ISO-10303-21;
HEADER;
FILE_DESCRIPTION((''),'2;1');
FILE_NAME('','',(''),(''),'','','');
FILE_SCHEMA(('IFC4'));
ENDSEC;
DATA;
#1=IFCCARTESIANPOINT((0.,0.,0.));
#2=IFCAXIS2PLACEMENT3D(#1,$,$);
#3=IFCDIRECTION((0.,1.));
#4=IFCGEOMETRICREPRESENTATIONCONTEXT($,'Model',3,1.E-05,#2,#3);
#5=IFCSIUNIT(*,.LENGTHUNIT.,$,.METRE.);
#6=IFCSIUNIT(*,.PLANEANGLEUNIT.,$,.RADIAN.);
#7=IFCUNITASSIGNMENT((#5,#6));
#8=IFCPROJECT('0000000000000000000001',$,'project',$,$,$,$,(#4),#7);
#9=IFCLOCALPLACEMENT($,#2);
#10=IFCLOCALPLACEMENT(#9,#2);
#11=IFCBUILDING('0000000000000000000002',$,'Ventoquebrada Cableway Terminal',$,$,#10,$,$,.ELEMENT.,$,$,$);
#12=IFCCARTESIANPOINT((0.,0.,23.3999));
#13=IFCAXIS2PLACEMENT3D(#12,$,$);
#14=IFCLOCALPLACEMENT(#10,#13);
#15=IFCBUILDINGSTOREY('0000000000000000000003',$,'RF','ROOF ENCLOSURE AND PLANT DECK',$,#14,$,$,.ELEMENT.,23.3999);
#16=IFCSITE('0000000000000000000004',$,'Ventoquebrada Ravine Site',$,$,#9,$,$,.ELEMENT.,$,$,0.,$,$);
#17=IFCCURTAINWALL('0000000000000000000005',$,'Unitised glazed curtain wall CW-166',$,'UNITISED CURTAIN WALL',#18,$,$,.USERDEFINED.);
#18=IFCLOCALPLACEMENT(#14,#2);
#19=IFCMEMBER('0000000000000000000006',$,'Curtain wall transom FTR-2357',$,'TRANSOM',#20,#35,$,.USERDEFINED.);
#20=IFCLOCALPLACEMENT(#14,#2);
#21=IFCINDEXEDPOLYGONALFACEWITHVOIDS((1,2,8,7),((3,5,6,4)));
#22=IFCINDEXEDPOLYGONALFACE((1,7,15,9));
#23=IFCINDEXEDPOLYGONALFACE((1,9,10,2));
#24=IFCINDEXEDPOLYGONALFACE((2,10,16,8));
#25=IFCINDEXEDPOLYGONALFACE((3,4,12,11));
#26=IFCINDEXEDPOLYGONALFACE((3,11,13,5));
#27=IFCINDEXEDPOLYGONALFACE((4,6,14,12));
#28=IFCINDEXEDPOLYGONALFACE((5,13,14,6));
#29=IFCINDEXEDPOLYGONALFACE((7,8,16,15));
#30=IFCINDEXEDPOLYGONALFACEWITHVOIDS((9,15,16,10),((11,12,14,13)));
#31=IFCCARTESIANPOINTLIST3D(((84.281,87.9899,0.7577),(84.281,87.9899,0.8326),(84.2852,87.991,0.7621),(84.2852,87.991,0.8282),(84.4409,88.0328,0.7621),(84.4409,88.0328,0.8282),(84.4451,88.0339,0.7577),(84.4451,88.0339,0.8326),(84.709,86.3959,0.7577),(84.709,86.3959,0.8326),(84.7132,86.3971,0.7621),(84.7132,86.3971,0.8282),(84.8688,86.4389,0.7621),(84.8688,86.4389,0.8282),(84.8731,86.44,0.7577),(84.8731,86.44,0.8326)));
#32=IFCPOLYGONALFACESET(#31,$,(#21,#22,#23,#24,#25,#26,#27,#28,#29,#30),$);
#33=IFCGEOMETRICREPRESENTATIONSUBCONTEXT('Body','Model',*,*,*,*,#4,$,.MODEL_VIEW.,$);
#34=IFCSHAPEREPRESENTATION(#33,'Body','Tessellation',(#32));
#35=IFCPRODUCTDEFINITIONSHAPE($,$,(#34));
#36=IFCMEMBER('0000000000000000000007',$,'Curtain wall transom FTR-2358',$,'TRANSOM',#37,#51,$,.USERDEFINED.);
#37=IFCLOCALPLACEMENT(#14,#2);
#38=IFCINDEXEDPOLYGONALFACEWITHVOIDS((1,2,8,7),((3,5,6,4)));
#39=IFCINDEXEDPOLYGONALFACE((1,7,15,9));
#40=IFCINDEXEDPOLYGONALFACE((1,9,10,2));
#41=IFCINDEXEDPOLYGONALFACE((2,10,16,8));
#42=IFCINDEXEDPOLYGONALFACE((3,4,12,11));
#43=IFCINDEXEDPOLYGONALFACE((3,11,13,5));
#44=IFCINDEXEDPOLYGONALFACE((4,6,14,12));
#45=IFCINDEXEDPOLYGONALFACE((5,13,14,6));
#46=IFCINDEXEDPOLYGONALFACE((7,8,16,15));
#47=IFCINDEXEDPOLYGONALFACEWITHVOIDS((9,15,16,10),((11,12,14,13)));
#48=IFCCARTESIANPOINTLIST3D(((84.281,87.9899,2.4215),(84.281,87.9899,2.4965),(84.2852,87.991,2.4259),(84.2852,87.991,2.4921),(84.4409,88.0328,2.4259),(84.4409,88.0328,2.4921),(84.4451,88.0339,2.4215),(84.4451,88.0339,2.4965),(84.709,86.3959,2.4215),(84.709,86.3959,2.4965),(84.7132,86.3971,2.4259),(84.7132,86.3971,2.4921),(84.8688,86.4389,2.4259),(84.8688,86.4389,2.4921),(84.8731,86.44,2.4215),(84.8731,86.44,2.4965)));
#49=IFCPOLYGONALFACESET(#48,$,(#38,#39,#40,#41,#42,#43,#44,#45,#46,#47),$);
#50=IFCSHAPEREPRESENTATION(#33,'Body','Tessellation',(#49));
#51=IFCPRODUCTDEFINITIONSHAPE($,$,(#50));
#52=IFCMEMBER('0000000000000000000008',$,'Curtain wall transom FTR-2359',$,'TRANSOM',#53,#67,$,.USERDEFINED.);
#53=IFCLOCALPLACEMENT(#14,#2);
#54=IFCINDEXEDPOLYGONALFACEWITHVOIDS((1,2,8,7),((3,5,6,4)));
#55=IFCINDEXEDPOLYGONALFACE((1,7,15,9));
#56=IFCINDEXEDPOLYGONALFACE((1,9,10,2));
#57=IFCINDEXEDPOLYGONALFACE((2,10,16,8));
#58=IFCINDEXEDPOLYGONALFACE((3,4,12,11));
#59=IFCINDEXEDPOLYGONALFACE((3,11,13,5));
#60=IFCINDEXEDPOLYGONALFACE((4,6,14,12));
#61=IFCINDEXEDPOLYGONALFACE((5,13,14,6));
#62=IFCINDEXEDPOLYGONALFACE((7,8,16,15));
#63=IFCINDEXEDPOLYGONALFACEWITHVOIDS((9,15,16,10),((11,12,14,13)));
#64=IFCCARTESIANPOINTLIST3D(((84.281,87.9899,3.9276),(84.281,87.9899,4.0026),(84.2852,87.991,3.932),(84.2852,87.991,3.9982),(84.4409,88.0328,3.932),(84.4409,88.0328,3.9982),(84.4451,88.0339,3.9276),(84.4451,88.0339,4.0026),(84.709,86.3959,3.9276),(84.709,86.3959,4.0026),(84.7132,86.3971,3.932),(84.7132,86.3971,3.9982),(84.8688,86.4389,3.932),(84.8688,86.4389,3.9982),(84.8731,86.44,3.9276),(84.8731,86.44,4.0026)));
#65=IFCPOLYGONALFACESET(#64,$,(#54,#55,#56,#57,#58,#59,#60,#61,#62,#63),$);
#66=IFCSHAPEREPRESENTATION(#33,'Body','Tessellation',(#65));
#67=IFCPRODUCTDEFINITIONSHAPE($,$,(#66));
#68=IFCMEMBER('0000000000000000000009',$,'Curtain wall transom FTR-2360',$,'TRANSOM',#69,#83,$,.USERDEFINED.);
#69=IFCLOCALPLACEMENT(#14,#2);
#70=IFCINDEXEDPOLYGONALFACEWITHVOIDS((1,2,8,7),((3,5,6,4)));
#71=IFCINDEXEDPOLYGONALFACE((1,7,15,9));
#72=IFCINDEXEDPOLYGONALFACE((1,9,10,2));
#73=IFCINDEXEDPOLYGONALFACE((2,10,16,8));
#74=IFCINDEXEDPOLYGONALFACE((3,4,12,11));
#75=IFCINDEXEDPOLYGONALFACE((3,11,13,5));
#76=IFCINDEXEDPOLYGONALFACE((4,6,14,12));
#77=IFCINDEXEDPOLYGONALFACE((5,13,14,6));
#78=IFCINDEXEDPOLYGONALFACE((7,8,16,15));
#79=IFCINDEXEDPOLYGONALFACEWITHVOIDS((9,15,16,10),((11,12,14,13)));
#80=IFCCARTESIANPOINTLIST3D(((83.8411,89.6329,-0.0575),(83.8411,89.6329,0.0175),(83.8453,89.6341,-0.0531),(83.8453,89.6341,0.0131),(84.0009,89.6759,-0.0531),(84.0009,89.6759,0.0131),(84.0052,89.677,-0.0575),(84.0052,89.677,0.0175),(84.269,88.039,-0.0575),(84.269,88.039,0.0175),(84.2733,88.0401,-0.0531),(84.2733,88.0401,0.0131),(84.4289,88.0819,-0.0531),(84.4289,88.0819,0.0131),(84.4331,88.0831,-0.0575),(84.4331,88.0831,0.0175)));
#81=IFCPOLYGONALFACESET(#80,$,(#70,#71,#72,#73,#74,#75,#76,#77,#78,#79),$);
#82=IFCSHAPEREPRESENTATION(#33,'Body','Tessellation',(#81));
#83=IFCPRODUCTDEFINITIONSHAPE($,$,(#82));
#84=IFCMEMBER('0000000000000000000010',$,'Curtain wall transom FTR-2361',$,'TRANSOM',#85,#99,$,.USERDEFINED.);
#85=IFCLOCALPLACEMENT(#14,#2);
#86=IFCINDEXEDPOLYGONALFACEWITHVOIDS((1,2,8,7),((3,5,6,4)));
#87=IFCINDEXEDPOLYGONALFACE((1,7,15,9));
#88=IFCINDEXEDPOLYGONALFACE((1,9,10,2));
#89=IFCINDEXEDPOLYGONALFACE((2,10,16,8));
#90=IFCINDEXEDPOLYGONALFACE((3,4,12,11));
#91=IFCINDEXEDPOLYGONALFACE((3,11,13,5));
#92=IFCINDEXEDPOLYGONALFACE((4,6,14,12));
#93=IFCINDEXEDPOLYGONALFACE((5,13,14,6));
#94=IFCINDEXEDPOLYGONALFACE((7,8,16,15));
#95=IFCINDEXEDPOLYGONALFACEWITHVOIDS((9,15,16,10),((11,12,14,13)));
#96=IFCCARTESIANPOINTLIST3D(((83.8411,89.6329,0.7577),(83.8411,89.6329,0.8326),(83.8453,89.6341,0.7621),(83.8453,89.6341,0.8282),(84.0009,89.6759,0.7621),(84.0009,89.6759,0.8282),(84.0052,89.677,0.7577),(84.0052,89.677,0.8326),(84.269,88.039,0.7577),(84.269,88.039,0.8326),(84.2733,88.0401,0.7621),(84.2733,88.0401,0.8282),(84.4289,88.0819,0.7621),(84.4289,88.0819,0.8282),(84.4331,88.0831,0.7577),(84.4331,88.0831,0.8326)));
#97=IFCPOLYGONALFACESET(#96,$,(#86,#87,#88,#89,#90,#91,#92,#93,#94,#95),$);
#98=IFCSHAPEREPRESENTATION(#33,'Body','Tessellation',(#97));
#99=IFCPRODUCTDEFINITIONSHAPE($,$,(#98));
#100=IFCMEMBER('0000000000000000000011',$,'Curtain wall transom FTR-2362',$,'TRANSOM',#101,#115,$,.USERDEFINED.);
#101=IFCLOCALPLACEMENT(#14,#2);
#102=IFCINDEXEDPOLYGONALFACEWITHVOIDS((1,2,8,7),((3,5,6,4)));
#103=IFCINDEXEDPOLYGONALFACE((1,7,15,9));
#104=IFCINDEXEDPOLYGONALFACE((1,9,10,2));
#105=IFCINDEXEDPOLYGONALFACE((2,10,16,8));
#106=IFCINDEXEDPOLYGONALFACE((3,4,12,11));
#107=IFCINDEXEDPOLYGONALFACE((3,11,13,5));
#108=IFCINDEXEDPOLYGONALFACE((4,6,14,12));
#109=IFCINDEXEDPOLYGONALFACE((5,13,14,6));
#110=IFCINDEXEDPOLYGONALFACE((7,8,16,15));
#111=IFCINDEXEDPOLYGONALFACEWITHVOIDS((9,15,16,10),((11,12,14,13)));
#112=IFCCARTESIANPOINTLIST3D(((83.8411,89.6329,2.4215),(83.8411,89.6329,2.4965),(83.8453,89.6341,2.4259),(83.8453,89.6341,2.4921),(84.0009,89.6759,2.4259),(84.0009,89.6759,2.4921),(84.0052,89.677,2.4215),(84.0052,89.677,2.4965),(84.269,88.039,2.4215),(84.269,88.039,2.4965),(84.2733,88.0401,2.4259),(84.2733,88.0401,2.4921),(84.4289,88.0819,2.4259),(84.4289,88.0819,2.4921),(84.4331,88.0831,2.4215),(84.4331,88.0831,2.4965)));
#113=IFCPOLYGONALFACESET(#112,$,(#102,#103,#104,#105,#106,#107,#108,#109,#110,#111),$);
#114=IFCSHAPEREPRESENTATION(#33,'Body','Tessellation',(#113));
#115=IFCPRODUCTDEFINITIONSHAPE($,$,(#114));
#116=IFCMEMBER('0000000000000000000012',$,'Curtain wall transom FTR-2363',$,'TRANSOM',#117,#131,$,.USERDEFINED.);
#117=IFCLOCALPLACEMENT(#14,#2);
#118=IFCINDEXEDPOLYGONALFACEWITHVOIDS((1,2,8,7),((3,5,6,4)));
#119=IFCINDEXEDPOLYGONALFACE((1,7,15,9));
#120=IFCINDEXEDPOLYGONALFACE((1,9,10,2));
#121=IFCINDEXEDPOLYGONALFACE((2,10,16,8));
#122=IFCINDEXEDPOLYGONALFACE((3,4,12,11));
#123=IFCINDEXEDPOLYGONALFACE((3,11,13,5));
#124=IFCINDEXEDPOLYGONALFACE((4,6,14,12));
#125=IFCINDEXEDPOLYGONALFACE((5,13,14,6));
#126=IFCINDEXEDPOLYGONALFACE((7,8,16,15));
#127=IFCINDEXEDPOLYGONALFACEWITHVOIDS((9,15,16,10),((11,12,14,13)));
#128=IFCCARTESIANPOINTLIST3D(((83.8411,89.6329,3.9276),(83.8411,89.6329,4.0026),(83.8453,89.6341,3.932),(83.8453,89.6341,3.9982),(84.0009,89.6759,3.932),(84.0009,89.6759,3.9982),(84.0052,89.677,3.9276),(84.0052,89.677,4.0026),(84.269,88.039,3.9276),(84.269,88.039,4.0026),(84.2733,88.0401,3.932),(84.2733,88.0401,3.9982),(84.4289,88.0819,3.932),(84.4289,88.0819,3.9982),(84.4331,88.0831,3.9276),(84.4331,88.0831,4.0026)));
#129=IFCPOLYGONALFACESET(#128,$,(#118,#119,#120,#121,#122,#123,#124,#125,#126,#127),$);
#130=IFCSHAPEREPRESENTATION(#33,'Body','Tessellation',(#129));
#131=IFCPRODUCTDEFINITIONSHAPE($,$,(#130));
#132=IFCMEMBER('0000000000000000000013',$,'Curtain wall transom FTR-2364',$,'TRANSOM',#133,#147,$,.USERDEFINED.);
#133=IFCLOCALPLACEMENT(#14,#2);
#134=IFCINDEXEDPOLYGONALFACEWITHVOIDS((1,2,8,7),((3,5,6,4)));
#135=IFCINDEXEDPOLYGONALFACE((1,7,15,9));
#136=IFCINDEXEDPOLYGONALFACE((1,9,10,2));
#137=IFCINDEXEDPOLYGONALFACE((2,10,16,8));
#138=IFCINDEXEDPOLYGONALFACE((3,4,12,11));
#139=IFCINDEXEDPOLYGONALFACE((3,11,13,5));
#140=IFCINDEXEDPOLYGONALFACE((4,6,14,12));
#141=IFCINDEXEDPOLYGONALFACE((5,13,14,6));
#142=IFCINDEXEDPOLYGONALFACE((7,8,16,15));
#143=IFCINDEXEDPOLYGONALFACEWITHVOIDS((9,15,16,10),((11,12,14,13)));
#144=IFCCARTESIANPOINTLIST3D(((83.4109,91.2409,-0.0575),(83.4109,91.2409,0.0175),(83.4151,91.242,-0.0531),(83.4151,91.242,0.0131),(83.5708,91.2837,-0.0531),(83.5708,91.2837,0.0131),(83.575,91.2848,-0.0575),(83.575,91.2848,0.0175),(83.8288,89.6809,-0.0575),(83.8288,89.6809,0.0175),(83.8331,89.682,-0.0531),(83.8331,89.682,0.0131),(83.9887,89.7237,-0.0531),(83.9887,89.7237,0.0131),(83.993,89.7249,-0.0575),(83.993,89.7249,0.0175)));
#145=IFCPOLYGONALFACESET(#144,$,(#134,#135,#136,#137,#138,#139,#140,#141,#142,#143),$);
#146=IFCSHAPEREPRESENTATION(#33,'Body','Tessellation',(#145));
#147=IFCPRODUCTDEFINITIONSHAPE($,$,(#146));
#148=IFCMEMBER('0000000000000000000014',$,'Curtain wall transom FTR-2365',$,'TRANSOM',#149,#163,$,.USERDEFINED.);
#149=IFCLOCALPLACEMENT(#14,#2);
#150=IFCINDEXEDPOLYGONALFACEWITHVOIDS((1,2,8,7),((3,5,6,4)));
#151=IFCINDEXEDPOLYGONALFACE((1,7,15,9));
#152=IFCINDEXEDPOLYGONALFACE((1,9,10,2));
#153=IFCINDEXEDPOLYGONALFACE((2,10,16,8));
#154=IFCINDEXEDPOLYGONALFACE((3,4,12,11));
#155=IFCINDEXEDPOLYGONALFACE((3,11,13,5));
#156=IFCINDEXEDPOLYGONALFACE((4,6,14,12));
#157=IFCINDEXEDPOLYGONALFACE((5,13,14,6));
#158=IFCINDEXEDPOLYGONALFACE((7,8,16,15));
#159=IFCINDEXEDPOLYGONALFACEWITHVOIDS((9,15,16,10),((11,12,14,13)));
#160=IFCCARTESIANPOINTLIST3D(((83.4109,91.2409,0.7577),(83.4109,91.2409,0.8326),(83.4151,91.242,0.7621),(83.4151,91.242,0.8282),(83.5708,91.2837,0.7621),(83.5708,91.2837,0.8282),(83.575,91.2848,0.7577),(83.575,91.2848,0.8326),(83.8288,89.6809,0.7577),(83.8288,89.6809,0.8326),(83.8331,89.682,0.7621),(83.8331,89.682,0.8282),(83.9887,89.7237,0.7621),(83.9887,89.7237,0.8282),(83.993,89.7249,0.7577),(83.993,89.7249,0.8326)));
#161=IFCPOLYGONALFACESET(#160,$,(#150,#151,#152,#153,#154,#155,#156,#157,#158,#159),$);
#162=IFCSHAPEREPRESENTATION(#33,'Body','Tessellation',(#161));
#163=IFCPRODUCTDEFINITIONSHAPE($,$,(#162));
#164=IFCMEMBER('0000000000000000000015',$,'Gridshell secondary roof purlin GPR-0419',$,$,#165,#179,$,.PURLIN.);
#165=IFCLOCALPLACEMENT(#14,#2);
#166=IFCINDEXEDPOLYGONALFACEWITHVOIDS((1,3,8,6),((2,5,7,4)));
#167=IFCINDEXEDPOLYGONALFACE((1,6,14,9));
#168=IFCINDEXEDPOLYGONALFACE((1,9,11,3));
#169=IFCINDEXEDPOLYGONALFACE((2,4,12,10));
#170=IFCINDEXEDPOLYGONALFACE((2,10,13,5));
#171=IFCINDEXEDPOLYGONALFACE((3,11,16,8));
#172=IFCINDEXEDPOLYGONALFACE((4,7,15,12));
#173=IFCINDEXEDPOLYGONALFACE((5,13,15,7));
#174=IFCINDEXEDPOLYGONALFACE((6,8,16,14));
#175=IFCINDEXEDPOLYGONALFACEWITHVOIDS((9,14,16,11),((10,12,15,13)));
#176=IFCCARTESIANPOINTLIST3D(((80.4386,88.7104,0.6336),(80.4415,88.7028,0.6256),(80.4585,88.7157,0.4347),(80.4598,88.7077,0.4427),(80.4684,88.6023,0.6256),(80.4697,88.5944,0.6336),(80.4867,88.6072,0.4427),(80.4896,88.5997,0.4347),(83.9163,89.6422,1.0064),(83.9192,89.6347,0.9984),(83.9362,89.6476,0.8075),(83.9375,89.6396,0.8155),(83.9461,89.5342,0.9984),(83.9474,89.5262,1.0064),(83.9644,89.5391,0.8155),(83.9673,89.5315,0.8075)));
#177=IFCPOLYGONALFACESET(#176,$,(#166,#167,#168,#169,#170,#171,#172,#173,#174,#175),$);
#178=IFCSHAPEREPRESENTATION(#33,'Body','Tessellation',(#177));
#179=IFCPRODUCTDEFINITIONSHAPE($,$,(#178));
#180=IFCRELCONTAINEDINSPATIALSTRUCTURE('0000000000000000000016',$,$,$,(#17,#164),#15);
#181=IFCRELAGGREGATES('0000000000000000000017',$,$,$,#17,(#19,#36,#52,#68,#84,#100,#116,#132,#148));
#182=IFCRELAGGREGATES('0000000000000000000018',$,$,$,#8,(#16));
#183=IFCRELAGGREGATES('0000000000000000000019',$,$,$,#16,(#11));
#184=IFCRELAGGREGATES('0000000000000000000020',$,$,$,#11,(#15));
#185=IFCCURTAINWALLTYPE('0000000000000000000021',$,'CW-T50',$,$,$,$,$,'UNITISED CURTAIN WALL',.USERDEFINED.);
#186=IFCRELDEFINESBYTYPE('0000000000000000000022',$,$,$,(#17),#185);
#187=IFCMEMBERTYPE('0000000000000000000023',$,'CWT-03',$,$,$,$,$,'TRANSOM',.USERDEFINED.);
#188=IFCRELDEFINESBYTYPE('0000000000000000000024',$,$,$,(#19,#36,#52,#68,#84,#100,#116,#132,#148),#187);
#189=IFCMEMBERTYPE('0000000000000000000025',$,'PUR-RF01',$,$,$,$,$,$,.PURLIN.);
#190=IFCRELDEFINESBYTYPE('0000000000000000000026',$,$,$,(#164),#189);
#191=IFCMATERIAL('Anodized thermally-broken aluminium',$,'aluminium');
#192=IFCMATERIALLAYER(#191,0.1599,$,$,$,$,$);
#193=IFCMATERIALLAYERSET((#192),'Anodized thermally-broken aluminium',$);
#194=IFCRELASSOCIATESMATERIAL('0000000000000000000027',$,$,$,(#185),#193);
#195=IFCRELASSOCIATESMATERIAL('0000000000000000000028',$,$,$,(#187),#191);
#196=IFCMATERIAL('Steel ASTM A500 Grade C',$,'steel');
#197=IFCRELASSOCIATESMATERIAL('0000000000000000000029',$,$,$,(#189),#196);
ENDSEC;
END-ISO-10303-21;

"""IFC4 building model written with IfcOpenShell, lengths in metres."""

from ifc_helpers import new_model, si_unit, direction, frame, origin, origin_2d, place, context, subcontext, project, spatial, hollow_rectangle, extrude, material, layer, layer_set, material_profile, profile_set, type_object, element, aggregate, save


model = new_model("IFC4")

# Units and contexts
model_context = context("Model", 3, precision=1e-05, world=origin(), true_north=direction((0.0, 1.0)))
body_context = subcontext(model_context, "Body", "Model", "MODEL_VIEW")
ifc_project = project(units=[si_unit("LENGTHUNIT", "METRE"), si_unit("PLANEANGLEUNIT", "RADIAN")], contexts=[model_context])

# Site, building, storey
site_placement = place(None, origin())
site = spatial("IfcSite", under=ifc_project, at=site_placement, Name="Ventoquebrada Ravine Site", CompositionType="ELEMENT", RefElevation=0.0)
building_placement = place(site_placement, origin())
building = spatial("IfcBuilding", under=site, at=building_placement, Name="Ventoquebrada Cableway Terminal", CompositionType="ELEMENT")
storey_placement = place(building_placement, frame((0.0, 0.0, 23.3999)))
storey = spatial("IfcBuildingStorey", under=building, at=storey_placement, Name="RF", Description="ROOF ENCLOSURE AND PLANT DECK", CompositionType="ELEMENT", Elevation=23.3999)

# Shared definitions
ifc_material_1 = material(Name="Steel ASTM A500 Grade C", Category="steel")

# Curtain wall, members
ifc_material_2 = material(Name="Anodized thermally-broken aluminium", Category="aluminium")
ifc_layer_1 = layer(ifc_material_2, 0.1599)
ifc_layer_set_1 = layer_set([ifc_layer_1], Name="Anodized thermally-broken aluminium")
curtain_wall_type = type_object("IfcCurtainWallType", Name="CW-T50", ElementType="UNITISED CURTAIN WALL", PredefinedType="USERDEFINED", material=ifc_layer_set_1)
curtain_wall_placement = place(storey_placement, origin())
curtain_wall = element("IfcCurtainWall", 1, at=curtain_wall_placement, inside=storey, type_object=curtain_wall_type, Name="Unitised glazed curtain wall CW-166", ObjectType="UNITISED CURTAIN WALL", PredefinedType="USERDEFINED")
ifc_material_profile_1 = material_profile(ifc_material_2, hollow_rectangle(XDim=0.075, YDim=0.1699, WallThickness=0.0044, at=origin_2d()), Name="CW-TRN-75X170")
ifc_profile_set_1 = profile_set([ifc_material_profile_1], Name="Anodized thermally-broken aluminium")
member_type_1 = type_object("IfcMemberType", Name="CWT-03", ElementType="TRANSOM", PredefinedType="USERDEFINED", material=ifc_profile_set_1)
member_1_placement = place(storey_placement, frame((84.791, 86.418, 0.7952), z_axis=(-0.25931, 0.965794, 0.0), x_axis=(0.0, 0.0, 1.0)))
member_1 = element("IfcMember", 2, at=member_1_placement, type_object=member_type_1, Name="Curtain wall transom FTR-2357", ObjectType="TRANSOM", PredefinedType="USERDEFINED", context=body_context, shape_type="SweptSolid", body=[
    extrude(hollow_rectangle(XDim=0.075, YDim=0.1699, WallThickness=0.0044, at=origin_2d()), origin(), (0.0, 0.0, 1.0), 1.6504),
])
member_2_placement = place(storey_placement, frame((84.791, 86.418, 2.459), z_axis=(-0.25931, 0.965794, 0.0), x_axis=(0.0, 0.0, 1.0)))
member_2 = element("IfcMember", 3, at=member_2_placement, type_object=member_type_1, Name="Curtain wall transom FTR-2358", ObjectType="TRANSOM", PredefinedType="USERDEFINED", context=body_context, shape_type="SweptSolid", body=[
    extrude(hollow_rectangle(XDim=0.075, YDim=0.1699, WallThickness=0.0044, at=origin_2d()), origin(), (0.0, 0.0, 1.0), 1.6504),
])
member_3_placement = place(storey_placement, frame((84.791, 86.418, 3.9651), z_axis=(-0.25931, 0.965794, 0.0), x_axis=(0.0, 0.0, 1.0)))
member_3 = element("IfcMember", 4, at=member_3_placement, type_object=member_type_1, Name="Curtain wall transom FTR-2359", ObjectType="TRANSOM", PredefinedType="USERDEFINED", context=body_context, shape_type="SweptSolid", body=[
    extrude(hollow_rectangle(XDim=0.075, YDim=0.1699, WallThickness=0.0044, at=origin_2d()), origin(), (0.0, 0.0, 1.0), 1.6504),
])
member_4_placement = place(storey_placement, frame((84.3511, 88.061, -0.02), z_axis=(-0.25931, 0.965794, 0.0), x_axis=(0.0, 0.0, 1.0)))
member_4 = element("IfcMember", 5, at=member_4_placement, type_object=member_type_1, Name="Curtain wall transom FTR-2360", ObjectType="TRANSOM", PredefinedType="USERDEFINED", context=body_context, shape_type="SweptSolid", body=[
    extrude(hollow_rectangle(XDim=0.075, YDim=0.1699, WallThickness=0.0044, at=origin_2d()), origin(), (0.0, 0.0, 1.0), 1.6504),
])
member_5_placement = place(storey_placement, frame((84.3511, 88.061, 0.7952), z_axis=(-0.25931, 0.965794, 0.0), x_axis=(0.0, 0.0, 1.0)))
member_5 = element("IfcMember", 6, at=member_5_placement, type_object=member_type_1, Name="Curtain wall transom FTR-2361", ObjectType="TRANSOM", PredefinedType="USERDEFINED", context=body_context, shape_type="SweptSolid", body=[
    extrude(hollow_rectangle(XDim=0.075, YDim=0.1699, WallThickness=0.0044, at=origin_2d()), origin(), (0.0, 0.0, 1.0), 1.6504),
])
member_6_placement = place(storey_placement, frame((84.3511, 88.061, 2.459), z_axis=(-0.25931, 0.965794, 0.0), x_axis=(0.0, 0.0, 1.0)))
member_6 = element("IfcMember", 7, at=member_6_placement, type_object=member_type_1, Name="Curtain wall transom FTR-2362", ObjectType="TRANSOM", PredefinedType="USERDEFINED", context=body_context, shape_type="SweptSolid", body=[
    extrude(hollow_rectangle(XDim=0.075, YDim=0.1699, WallThickness=0.0044, at=origin_2d()), origin(), (0.0, 0.0, 1.0), 1.6504),
])
member_7_placement = place(storey_placement, frame((84.3511, 88.061, 3.9651), z_axis=(-0.25931, 0.965794, 0.0), x_axis=(0.0, 0.0, 1.0)))
member_7 = element("IfcMember", 8, at=member_7_placement, type_object=member_type_1, Name="Curtain wall transom FTR-2363", ObjectType="TRANSOM", PredefinedType="USERDEFINED", context=body_context, shape_type="SweptSolid", body=[
    extrude(hollow_rectangle(XDim=0.075, YDim=0.1699, WallThickness=0.0044, at=origin_2d()), origin(), (0.0, 0.0, 1.0), 1.6504),
])
member_8_placement = place(storey_placement, frame((83.9109, 89.7029, -0.02), z_axis=(-0.258791, 0.965933, 0.0), x_axis=(0.0, 0.0, 1.0)))
member_8 = element("IfcMember", 9, at=member_8_placement, type_object=member_type_1, Name="Curtain wall transom FTR-2364", ObjectType="TRANSOM", PredefinedType="USERDEFINED", context=body_context, shape_type="SweptSolid", body=[
    extrude(hollow_rectangle(XDim=0.075, YDim=0.1699, WallThickness=0.0044, at=origin_2d()), origin(), (0.0, 0.0, 1.0), 1.615),
])
member_9_placement = place(storey_placement, frame((83.9109, 89.7029, 0.7952), z_axis=(-0.258791, 0.965933, 0.0), x_axis=(0.0, 0.0, 1.0)))
member_9 = element("IfcMember", 10, at=member_9_placement, type_object=member_type_1, Name="Curtain wall transom FTR-2365", ObjectType="TRANSOM", PredefinedType="USERDEFINED", context=body_context, shape_type="SweptSolid", body=[
    extrude(hollow_rectangle(XDim=0.075, YDim=0.1699, WallThickness=0.0044, at=origin_2d()), origin(), (0.0, 0.0, 1.0), 1.615),
])

# Member
ifc_material_profile_2 = material_profile(ifc_material_1, hollow_rectangle(XDim=0.1201, YDim=0.2, WallThickness=0.0081, at=origin_2d()), Name="RHS200X120X8")
ifc_profile_set_2 = profile_set([ifc_material_profile_2], Name="Steel ASTM A500 Grade C")
member_type_2 = type_object("IfcMemberType", Name="PUR-RF01", PredefinedType="PURLIN", material=ifc_profile_set_2)
member_10_placement = place(storey_placement, frame((80.4641, 88.655, 0.5342), z_axis=(0.960788, 0.257447, 0.102992), x_axis=(-0.258823, 0.965925, 0.0)))
element("IfcMember", 11, at=member_10_placement, inside=storey, type_object=member_type_2, Name="Gridshell secondary roof purlin GPR-0419", PredefinedType="PURLIN", context=body_context, shape_type="SweptSolid", body=[
    extrude(hollow_rectangle(XDim=0.1201, YDim=0.2, WallThickness=0.0081, at=origin_2d()), origin(), (0.0, 0.0, 1.0), 3.6196),
])

aggregate(curtain_wall, [member_1, member_2, member_3, member_4, member_5, member_6, member_7, member_8, member_9])

save(model, "model.ifc")
